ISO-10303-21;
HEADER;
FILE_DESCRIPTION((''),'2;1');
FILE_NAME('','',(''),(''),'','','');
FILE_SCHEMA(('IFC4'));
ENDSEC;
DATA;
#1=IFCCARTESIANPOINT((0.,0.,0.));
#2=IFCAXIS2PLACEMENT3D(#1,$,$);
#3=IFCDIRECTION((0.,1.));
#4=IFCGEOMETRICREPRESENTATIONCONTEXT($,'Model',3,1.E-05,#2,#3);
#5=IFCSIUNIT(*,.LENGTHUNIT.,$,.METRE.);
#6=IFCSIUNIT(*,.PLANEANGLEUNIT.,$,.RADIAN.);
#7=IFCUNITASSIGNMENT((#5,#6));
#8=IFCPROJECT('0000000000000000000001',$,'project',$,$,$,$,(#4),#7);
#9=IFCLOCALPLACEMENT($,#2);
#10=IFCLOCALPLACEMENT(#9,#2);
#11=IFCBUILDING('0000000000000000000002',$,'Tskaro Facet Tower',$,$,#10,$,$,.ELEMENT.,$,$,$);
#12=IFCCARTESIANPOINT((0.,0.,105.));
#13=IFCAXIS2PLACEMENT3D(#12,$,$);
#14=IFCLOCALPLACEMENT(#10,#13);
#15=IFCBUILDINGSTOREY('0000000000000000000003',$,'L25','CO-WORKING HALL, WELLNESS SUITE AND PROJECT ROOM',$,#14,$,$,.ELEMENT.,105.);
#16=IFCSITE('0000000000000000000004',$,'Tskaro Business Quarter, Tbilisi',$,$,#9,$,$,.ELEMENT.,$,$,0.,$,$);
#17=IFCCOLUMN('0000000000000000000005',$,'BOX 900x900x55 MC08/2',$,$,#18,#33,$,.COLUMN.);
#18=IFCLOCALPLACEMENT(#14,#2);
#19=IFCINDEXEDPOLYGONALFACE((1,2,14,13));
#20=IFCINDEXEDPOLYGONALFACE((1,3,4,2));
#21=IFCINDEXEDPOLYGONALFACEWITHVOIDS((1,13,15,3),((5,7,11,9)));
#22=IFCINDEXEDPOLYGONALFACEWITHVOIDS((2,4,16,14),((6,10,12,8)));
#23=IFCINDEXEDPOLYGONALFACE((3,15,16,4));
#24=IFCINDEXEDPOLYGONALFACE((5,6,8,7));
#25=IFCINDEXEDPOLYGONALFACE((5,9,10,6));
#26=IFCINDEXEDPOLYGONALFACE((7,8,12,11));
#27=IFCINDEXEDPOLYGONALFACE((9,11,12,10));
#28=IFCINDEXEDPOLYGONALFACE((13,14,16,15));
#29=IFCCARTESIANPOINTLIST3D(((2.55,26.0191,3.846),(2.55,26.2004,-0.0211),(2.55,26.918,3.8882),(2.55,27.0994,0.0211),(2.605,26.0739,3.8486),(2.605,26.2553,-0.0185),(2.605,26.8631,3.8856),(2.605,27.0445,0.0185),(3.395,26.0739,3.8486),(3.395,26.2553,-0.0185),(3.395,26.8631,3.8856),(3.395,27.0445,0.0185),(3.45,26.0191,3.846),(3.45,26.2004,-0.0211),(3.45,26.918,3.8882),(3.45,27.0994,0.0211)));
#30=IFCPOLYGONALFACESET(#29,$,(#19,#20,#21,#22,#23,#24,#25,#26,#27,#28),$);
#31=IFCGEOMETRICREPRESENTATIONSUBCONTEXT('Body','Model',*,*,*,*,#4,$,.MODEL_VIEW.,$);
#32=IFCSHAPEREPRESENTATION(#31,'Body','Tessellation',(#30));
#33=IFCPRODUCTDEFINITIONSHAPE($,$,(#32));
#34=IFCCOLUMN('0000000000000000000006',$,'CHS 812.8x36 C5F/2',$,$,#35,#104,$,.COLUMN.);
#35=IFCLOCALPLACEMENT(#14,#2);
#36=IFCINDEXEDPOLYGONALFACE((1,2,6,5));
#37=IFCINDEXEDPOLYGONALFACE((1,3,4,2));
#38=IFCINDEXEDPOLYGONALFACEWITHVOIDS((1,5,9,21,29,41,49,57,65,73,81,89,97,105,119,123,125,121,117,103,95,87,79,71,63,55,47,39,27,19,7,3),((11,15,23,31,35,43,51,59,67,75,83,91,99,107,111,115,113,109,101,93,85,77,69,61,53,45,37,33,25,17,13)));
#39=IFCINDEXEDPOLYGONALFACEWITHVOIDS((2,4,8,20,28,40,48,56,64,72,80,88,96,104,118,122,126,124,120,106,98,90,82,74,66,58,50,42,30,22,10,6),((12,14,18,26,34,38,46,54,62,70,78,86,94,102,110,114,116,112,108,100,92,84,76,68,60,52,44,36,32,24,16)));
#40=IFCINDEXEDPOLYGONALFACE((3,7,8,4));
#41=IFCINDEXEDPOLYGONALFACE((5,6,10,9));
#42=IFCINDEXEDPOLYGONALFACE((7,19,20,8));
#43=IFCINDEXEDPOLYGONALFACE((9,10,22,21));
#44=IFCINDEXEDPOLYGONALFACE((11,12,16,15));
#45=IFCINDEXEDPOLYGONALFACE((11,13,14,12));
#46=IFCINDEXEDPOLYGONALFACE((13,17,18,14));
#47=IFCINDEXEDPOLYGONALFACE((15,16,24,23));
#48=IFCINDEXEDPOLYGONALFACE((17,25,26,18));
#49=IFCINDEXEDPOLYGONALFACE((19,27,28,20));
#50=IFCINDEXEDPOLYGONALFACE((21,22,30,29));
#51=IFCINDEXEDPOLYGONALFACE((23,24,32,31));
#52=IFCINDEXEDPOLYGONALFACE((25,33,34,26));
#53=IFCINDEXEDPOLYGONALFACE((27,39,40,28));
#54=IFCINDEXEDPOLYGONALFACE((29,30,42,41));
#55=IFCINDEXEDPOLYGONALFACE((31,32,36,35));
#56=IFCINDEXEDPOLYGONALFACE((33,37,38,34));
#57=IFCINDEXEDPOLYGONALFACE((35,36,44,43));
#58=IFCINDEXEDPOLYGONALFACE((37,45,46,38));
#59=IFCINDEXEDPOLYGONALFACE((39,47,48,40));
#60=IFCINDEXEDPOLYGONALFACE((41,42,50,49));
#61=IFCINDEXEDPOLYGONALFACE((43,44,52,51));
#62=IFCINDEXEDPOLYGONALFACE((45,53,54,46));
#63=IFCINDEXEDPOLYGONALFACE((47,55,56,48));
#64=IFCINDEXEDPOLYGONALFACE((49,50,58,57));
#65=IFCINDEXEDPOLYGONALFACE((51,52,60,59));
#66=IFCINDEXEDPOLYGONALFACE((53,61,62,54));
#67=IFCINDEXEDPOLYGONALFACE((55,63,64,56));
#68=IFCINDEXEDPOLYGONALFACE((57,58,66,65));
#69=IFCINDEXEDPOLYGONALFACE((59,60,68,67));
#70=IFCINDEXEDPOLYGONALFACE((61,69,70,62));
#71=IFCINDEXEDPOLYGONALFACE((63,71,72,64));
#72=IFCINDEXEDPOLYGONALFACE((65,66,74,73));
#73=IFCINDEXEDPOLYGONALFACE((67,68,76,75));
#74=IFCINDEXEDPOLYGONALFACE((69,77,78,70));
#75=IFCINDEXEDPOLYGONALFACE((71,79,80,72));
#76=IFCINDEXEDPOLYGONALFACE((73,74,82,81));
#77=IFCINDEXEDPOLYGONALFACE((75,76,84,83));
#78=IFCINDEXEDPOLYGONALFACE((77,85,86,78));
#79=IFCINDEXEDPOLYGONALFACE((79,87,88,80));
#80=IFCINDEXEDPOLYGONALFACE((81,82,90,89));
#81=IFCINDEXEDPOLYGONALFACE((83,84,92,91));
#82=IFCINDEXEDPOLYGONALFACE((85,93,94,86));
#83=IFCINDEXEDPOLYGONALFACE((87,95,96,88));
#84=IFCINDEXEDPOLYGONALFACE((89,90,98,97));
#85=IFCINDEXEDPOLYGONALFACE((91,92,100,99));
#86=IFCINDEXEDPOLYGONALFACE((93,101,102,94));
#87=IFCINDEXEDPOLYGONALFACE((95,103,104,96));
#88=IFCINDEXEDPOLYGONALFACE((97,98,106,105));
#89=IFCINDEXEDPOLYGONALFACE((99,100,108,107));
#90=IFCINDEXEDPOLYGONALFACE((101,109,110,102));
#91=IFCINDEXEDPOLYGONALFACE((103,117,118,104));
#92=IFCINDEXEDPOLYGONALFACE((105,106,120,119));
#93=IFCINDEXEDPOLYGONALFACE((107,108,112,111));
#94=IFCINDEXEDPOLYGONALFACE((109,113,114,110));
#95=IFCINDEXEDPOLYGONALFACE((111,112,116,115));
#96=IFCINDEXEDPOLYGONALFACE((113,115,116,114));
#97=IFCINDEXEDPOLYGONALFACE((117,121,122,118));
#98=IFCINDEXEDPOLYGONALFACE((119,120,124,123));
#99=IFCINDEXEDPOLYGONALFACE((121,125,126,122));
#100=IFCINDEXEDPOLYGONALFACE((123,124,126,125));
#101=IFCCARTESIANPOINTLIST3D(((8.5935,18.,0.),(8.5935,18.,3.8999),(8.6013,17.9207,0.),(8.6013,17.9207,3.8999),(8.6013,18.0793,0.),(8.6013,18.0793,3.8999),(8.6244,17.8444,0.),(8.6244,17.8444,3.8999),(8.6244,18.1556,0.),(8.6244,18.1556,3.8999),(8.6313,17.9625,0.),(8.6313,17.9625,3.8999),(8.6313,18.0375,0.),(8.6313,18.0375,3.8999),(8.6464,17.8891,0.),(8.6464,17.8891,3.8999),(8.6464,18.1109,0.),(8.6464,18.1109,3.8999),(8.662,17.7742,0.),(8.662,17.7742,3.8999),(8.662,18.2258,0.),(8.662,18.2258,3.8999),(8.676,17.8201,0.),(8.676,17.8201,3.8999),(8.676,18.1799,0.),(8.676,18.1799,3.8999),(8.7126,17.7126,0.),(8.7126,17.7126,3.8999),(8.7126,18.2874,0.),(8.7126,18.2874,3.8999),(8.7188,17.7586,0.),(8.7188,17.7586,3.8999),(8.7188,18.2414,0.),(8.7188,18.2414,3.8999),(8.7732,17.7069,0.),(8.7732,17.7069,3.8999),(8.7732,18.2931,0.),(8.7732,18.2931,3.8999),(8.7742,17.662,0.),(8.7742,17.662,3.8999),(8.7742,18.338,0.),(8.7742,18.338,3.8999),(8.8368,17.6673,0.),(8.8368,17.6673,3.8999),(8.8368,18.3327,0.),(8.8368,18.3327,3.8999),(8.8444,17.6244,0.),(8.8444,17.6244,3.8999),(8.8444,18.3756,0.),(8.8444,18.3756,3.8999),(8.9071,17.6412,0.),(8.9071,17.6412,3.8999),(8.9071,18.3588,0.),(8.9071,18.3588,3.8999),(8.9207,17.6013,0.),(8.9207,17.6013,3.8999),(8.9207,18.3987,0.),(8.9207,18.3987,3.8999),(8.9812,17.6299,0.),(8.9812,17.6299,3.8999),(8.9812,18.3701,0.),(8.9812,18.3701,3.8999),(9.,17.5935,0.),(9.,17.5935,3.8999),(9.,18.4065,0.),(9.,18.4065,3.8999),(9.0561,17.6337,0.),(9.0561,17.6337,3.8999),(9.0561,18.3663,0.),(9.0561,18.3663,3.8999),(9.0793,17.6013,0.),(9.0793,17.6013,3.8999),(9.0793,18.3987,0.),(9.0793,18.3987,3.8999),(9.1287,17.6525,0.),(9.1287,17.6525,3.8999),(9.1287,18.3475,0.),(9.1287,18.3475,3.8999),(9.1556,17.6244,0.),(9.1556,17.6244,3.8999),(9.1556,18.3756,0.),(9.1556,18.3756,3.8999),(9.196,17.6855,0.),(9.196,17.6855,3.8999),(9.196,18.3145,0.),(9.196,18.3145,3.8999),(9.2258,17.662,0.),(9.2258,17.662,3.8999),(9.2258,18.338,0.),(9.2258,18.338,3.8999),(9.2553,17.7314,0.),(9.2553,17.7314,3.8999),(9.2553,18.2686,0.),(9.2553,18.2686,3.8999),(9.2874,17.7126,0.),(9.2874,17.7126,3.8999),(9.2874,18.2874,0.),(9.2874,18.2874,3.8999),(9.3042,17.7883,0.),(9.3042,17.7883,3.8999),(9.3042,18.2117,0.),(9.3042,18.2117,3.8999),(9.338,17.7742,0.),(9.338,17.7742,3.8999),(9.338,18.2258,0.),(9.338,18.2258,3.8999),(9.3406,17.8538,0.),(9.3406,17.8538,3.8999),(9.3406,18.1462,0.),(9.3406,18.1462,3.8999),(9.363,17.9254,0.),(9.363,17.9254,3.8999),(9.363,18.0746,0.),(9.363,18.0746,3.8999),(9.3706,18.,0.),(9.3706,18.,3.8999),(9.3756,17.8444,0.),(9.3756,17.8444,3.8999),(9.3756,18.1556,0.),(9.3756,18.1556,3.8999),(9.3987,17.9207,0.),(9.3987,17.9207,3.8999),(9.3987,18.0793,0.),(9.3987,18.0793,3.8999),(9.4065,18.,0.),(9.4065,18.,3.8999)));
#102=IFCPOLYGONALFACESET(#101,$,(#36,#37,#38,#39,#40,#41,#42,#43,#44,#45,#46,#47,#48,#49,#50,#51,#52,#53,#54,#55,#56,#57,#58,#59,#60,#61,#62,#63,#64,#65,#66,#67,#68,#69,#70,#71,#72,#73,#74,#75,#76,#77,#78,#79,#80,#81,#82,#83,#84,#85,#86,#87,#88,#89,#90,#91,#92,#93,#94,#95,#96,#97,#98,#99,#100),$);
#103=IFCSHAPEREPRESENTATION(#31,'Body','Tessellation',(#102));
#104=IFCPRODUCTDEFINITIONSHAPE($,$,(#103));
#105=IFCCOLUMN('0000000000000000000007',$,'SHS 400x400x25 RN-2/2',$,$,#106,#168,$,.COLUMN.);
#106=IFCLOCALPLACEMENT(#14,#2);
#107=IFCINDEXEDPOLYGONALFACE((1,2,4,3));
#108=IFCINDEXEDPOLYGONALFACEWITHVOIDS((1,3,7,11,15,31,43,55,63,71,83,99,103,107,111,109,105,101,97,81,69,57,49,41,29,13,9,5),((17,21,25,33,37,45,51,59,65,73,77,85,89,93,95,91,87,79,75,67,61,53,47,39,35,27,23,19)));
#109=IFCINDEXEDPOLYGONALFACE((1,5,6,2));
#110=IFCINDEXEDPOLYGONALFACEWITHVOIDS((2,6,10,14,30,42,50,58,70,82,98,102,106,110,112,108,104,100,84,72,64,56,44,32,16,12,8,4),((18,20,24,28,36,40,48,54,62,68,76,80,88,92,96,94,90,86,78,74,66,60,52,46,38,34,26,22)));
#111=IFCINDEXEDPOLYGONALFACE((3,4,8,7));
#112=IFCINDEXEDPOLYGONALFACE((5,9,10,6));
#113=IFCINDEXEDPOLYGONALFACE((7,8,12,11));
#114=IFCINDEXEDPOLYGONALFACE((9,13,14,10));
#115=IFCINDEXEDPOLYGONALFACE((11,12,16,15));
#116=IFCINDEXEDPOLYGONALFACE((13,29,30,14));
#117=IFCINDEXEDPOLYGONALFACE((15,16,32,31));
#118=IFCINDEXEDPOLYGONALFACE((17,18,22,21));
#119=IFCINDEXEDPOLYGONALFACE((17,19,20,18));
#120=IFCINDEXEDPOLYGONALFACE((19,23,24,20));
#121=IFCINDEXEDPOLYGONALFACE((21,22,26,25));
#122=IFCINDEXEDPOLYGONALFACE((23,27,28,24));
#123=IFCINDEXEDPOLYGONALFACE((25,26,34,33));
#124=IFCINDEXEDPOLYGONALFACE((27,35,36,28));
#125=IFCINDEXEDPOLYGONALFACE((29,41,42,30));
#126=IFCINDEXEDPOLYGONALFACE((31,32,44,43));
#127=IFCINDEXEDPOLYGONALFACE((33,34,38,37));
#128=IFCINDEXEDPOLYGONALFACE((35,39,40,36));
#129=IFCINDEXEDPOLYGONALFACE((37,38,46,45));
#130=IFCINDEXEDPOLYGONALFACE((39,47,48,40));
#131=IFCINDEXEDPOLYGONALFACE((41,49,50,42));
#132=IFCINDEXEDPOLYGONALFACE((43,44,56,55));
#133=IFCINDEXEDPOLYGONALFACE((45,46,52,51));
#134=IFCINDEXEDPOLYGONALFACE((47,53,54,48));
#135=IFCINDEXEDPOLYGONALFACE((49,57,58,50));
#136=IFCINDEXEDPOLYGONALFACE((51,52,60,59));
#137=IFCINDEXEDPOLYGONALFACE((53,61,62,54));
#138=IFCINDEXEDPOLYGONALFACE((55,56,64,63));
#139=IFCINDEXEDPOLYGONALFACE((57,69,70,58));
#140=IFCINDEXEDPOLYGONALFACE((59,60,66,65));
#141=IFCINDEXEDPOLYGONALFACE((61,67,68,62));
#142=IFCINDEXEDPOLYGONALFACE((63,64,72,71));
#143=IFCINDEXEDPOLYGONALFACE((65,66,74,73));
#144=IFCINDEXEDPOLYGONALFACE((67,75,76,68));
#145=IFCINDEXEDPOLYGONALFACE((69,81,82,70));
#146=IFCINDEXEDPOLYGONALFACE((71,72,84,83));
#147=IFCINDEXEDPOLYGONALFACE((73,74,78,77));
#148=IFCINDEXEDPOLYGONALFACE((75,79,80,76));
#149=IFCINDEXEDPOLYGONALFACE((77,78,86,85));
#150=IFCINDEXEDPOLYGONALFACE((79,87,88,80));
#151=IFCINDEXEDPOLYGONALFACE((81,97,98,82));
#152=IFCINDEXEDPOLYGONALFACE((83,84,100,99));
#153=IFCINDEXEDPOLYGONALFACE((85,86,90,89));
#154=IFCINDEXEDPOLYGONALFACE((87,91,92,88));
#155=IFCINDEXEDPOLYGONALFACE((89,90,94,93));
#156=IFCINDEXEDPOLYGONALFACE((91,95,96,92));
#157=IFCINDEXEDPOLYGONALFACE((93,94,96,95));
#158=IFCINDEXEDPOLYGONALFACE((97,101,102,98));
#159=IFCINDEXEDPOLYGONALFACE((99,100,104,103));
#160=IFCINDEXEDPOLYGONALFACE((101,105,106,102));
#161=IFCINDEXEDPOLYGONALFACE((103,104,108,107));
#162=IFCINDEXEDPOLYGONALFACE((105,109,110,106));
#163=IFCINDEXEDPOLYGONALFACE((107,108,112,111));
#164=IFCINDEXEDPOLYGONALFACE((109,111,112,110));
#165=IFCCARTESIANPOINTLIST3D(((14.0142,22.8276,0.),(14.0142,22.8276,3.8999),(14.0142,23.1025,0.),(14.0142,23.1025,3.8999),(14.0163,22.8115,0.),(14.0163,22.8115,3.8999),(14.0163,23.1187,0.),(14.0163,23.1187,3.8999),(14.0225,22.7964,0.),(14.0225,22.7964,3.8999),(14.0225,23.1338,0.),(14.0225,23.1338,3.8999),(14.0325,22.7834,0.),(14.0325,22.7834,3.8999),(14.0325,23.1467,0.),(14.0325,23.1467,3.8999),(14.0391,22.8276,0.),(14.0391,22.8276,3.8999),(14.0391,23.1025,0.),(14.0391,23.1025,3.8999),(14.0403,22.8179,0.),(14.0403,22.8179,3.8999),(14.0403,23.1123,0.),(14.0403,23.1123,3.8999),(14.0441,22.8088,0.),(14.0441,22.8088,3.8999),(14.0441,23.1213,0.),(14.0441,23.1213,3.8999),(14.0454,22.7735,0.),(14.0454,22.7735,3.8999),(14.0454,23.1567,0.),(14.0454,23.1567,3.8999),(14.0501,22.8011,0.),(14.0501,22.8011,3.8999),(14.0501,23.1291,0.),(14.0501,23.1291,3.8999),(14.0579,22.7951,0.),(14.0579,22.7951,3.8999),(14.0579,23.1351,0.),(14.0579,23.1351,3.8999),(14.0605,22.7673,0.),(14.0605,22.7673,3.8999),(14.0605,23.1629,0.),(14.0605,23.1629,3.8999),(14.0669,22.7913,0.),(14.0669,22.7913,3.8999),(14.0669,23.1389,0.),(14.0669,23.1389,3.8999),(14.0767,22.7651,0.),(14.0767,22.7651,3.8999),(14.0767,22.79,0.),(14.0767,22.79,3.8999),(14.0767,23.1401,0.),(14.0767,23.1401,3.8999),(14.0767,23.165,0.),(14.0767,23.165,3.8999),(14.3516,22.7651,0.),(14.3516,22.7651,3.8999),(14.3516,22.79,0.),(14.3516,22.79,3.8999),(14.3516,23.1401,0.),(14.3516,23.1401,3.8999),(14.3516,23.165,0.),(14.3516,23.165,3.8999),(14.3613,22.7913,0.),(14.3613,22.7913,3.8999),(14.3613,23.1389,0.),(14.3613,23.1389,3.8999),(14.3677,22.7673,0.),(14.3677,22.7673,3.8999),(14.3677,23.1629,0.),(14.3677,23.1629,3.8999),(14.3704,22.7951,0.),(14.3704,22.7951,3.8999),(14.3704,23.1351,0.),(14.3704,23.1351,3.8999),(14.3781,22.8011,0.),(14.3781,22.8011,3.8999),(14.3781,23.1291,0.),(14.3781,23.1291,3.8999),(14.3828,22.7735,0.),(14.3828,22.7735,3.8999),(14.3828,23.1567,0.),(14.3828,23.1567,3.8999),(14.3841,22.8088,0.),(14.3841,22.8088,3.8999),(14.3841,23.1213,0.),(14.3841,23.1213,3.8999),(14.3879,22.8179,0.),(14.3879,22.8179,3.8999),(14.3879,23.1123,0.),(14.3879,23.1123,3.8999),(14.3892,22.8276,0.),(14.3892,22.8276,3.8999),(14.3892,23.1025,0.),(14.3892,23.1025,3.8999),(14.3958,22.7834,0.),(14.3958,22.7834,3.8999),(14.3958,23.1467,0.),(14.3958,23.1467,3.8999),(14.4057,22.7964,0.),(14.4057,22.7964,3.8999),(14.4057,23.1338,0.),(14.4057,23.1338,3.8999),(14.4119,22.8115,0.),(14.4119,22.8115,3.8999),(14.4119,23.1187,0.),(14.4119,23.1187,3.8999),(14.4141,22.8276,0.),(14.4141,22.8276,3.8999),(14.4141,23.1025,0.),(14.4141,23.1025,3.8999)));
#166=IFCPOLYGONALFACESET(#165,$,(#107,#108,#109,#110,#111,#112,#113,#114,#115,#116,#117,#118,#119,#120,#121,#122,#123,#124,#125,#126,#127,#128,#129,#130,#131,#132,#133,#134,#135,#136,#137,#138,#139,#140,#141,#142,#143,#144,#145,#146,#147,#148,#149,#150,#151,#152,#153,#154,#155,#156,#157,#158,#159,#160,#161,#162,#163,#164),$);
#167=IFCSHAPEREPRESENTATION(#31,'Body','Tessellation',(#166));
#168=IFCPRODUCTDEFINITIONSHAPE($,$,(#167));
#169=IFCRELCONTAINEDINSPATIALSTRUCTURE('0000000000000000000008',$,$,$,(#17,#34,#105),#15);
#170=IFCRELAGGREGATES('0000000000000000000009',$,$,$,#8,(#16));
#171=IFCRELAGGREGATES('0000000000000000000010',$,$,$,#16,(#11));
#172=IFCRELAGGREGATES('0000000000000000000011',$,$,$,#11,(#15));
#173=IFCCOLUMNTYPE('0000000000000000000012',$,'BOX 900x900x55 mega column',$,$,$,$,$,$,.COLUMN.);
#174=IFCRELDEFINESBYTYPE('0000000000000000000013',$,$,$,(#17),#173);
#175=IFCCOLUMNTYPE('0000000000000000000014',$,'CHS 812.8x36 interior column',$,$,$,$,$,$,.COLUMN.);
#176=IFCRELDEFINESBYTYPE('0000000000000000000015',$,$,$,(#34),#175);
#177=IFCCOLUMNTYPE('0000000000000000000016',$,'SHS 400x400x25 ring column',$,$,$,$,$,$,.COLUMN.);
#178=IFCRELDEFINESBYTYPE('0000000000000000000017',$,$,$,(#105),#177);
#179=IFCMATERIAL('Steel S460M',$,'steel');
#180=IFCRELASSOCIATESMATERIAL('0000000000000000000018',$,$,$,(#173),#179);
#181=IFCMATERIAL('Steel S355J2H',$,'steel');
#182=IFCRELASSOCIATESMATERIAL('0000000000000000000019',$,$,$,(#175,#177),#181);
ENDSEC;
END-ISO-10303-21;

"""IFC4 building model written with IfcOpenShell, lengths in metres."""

from ifc_helpers import new_model, si_unit, direction, frame, origin, origin_2d, place, context, subcontext, project, spatial, hollow_rectangle, hollow_circle, extrude, material, material_profile, profile_set, type_object, element, save


model = new_model("IFC4")

# Units and contexts
model_context = context("Model", 3, precision=1e-05, world=origin(), true_north=direction((0.0, 1.0)))
body_context = subcontext(model_context, "Body", "Model", "MODEL_VIEW")
ifc_project = project(units=[si_unit("LENGTHUNIT", "METRE"), si_unit("PLANEANGLEUNIT", "RADIAN")], contexts=[model_context])

# Site, building, storey
site_placement = place(None, origin())
site = spatial("IfcSite", under=ifc_project, at=site_placement, Name="Tskaro Business Quarter, Tbilisi", CompositionType="ELEMENT", RefElevation=0.0)
building_placement = place(site_placement, origin())
building = spatial("IfcBuilding", under=site, at=building_placement, Name="Tskaro Facet Tower", CompositionType="ELEMENT")
storey_placement = place(building_placement, frame((0.0, 0.0, 105.0)))
storey = spatial("IfcBuildingStorey", under=building, at=storey_placement, Name="L25", Description="CO-WORKING HALL, WELLNESS SUITE AND PROJECT ROOM", CompositionType="ELEMENT", Elevation=105.0)

# Columns
ifc_material_1 = material(Name="Steel S460M", Category="steel")
ifc_material_profile_1 = material_profile(ifc_material_1, hollow_rectangle(XDim=0.8999, YDim=0.8999, WallThickness=0.0549, at=origin_2d()), Name="BOX 900x900x55")
ifc_profile_set_1 = profile_set([ifc_material_profile_1], Name="Steel S460M")
column_type_1 = type_object("IfcColumnType", Name="BOX 900x900x55 mega column", PredefinedType="COLUMN", material=ifc_profile_set_1)
column_1_placement = place(storey_placement, frame((3.0, 26.6499, 0.0), z_axis=(0.0, -0.046855, 0.998902), x_axis=(1.0, 0.0, 0.0)))
element("IfcColumn", 1, at=column_1_placement, inside=storey, type_object=column_type_1, Name="BOX 900x900x55 MC08/2", PredefinedType="COLUMN", context=body_context, shape_type="SweptSolid", body=[
    extrude(hollow_rectangle(XDim=0.8999, YDim=0.8999, WallThickness=0.0549, at=origin_2d()), origin(), (0.0, 0.0, 1.0), 3.8713),
])
ifc_material_2 = material(Name="Steel S355J2H", Category="steel")
ifc_material_profile_2 = material_profile(ifc_material_2, hollow_circle(Radius=0.4065, WallThickness=0.0359, at=origin_2d()), Name="CHS 812.8x36")
ifc_profile_set_2 = profile_set([ifc_material_profile_2], Name="Steel S355J2H")
column_type_2 = type_object("IfcColumnType", Name="CHS 812.8x36 interior column", PredefinedType="COLUMN", material=ifc_profile_set_2)
column_2_placement = place(storey_placement, frame((9.0, 18.0, 0.0), z_axis=(0.0, 0.0, 1.0), x_axis=(1.0, 0.0, 0.0)))
element("IfcColumn", 2, at=column_2_placement, inside=storey, type_object=column_type_2, Name="CHS 812.8x36 C5F/2", PredefinedType="COLUMN", context=body_context, shape_type="SweptSolid", body=[
    extrude(hollow_circle(Radius=0.4065, WallThickness=0.0359, at=origin_2d()), origin(), (0.0, 0.0, 1.0), 3.8999),
])
ifc_material_profile_3 = material_profile(ifc_material_2, hollow_rectangle(XDim=0.3999, YDim=0.3999, WallThickness=0.0249, InnerFilletRadius=0.0376, OuterFilletRadius=0.0625, at=origin_2d()), Name="SHS 400x400x25")
ifc_profile_set_3 = profile_set([ifc_material_profile_3], Name="Steel S355J2H")
column_type_3 = type_object("IfcColumnType", Name="SHS 400x400x25 ring column", PredefinedType="COLUMN", material=ifc_profile_set_3)
for number, where, z_axis, x_axis, name in (
    (3, (14.2141, 22.9651, 0.0), (0.0, 0.0, 1.0), (1.0, 0.0, 0.0), "SHS 400x400x25 RN-2/2"),
):
    element("IfcColumn", number, at=place(storey_placement, frame(where, z_axis=z_axis, x_axis=x_axis)), inside=storey, type_object=column_type_3, Name=name, PredefinedType="COLUMN", context=body_context, shape_type="SweptSolid", body=[
        extrude(hollow_rectangle(XDim=0.3999, YDim=0.3999, WallThickness=0.0249, InnerFilletRadius=0.0376, OuterFilletRadius=0.0625, at=origin_2d()), origin(), (0.0, 0.0, 1.0), 3.8999),
    ])

save(model, "model.ifc")
